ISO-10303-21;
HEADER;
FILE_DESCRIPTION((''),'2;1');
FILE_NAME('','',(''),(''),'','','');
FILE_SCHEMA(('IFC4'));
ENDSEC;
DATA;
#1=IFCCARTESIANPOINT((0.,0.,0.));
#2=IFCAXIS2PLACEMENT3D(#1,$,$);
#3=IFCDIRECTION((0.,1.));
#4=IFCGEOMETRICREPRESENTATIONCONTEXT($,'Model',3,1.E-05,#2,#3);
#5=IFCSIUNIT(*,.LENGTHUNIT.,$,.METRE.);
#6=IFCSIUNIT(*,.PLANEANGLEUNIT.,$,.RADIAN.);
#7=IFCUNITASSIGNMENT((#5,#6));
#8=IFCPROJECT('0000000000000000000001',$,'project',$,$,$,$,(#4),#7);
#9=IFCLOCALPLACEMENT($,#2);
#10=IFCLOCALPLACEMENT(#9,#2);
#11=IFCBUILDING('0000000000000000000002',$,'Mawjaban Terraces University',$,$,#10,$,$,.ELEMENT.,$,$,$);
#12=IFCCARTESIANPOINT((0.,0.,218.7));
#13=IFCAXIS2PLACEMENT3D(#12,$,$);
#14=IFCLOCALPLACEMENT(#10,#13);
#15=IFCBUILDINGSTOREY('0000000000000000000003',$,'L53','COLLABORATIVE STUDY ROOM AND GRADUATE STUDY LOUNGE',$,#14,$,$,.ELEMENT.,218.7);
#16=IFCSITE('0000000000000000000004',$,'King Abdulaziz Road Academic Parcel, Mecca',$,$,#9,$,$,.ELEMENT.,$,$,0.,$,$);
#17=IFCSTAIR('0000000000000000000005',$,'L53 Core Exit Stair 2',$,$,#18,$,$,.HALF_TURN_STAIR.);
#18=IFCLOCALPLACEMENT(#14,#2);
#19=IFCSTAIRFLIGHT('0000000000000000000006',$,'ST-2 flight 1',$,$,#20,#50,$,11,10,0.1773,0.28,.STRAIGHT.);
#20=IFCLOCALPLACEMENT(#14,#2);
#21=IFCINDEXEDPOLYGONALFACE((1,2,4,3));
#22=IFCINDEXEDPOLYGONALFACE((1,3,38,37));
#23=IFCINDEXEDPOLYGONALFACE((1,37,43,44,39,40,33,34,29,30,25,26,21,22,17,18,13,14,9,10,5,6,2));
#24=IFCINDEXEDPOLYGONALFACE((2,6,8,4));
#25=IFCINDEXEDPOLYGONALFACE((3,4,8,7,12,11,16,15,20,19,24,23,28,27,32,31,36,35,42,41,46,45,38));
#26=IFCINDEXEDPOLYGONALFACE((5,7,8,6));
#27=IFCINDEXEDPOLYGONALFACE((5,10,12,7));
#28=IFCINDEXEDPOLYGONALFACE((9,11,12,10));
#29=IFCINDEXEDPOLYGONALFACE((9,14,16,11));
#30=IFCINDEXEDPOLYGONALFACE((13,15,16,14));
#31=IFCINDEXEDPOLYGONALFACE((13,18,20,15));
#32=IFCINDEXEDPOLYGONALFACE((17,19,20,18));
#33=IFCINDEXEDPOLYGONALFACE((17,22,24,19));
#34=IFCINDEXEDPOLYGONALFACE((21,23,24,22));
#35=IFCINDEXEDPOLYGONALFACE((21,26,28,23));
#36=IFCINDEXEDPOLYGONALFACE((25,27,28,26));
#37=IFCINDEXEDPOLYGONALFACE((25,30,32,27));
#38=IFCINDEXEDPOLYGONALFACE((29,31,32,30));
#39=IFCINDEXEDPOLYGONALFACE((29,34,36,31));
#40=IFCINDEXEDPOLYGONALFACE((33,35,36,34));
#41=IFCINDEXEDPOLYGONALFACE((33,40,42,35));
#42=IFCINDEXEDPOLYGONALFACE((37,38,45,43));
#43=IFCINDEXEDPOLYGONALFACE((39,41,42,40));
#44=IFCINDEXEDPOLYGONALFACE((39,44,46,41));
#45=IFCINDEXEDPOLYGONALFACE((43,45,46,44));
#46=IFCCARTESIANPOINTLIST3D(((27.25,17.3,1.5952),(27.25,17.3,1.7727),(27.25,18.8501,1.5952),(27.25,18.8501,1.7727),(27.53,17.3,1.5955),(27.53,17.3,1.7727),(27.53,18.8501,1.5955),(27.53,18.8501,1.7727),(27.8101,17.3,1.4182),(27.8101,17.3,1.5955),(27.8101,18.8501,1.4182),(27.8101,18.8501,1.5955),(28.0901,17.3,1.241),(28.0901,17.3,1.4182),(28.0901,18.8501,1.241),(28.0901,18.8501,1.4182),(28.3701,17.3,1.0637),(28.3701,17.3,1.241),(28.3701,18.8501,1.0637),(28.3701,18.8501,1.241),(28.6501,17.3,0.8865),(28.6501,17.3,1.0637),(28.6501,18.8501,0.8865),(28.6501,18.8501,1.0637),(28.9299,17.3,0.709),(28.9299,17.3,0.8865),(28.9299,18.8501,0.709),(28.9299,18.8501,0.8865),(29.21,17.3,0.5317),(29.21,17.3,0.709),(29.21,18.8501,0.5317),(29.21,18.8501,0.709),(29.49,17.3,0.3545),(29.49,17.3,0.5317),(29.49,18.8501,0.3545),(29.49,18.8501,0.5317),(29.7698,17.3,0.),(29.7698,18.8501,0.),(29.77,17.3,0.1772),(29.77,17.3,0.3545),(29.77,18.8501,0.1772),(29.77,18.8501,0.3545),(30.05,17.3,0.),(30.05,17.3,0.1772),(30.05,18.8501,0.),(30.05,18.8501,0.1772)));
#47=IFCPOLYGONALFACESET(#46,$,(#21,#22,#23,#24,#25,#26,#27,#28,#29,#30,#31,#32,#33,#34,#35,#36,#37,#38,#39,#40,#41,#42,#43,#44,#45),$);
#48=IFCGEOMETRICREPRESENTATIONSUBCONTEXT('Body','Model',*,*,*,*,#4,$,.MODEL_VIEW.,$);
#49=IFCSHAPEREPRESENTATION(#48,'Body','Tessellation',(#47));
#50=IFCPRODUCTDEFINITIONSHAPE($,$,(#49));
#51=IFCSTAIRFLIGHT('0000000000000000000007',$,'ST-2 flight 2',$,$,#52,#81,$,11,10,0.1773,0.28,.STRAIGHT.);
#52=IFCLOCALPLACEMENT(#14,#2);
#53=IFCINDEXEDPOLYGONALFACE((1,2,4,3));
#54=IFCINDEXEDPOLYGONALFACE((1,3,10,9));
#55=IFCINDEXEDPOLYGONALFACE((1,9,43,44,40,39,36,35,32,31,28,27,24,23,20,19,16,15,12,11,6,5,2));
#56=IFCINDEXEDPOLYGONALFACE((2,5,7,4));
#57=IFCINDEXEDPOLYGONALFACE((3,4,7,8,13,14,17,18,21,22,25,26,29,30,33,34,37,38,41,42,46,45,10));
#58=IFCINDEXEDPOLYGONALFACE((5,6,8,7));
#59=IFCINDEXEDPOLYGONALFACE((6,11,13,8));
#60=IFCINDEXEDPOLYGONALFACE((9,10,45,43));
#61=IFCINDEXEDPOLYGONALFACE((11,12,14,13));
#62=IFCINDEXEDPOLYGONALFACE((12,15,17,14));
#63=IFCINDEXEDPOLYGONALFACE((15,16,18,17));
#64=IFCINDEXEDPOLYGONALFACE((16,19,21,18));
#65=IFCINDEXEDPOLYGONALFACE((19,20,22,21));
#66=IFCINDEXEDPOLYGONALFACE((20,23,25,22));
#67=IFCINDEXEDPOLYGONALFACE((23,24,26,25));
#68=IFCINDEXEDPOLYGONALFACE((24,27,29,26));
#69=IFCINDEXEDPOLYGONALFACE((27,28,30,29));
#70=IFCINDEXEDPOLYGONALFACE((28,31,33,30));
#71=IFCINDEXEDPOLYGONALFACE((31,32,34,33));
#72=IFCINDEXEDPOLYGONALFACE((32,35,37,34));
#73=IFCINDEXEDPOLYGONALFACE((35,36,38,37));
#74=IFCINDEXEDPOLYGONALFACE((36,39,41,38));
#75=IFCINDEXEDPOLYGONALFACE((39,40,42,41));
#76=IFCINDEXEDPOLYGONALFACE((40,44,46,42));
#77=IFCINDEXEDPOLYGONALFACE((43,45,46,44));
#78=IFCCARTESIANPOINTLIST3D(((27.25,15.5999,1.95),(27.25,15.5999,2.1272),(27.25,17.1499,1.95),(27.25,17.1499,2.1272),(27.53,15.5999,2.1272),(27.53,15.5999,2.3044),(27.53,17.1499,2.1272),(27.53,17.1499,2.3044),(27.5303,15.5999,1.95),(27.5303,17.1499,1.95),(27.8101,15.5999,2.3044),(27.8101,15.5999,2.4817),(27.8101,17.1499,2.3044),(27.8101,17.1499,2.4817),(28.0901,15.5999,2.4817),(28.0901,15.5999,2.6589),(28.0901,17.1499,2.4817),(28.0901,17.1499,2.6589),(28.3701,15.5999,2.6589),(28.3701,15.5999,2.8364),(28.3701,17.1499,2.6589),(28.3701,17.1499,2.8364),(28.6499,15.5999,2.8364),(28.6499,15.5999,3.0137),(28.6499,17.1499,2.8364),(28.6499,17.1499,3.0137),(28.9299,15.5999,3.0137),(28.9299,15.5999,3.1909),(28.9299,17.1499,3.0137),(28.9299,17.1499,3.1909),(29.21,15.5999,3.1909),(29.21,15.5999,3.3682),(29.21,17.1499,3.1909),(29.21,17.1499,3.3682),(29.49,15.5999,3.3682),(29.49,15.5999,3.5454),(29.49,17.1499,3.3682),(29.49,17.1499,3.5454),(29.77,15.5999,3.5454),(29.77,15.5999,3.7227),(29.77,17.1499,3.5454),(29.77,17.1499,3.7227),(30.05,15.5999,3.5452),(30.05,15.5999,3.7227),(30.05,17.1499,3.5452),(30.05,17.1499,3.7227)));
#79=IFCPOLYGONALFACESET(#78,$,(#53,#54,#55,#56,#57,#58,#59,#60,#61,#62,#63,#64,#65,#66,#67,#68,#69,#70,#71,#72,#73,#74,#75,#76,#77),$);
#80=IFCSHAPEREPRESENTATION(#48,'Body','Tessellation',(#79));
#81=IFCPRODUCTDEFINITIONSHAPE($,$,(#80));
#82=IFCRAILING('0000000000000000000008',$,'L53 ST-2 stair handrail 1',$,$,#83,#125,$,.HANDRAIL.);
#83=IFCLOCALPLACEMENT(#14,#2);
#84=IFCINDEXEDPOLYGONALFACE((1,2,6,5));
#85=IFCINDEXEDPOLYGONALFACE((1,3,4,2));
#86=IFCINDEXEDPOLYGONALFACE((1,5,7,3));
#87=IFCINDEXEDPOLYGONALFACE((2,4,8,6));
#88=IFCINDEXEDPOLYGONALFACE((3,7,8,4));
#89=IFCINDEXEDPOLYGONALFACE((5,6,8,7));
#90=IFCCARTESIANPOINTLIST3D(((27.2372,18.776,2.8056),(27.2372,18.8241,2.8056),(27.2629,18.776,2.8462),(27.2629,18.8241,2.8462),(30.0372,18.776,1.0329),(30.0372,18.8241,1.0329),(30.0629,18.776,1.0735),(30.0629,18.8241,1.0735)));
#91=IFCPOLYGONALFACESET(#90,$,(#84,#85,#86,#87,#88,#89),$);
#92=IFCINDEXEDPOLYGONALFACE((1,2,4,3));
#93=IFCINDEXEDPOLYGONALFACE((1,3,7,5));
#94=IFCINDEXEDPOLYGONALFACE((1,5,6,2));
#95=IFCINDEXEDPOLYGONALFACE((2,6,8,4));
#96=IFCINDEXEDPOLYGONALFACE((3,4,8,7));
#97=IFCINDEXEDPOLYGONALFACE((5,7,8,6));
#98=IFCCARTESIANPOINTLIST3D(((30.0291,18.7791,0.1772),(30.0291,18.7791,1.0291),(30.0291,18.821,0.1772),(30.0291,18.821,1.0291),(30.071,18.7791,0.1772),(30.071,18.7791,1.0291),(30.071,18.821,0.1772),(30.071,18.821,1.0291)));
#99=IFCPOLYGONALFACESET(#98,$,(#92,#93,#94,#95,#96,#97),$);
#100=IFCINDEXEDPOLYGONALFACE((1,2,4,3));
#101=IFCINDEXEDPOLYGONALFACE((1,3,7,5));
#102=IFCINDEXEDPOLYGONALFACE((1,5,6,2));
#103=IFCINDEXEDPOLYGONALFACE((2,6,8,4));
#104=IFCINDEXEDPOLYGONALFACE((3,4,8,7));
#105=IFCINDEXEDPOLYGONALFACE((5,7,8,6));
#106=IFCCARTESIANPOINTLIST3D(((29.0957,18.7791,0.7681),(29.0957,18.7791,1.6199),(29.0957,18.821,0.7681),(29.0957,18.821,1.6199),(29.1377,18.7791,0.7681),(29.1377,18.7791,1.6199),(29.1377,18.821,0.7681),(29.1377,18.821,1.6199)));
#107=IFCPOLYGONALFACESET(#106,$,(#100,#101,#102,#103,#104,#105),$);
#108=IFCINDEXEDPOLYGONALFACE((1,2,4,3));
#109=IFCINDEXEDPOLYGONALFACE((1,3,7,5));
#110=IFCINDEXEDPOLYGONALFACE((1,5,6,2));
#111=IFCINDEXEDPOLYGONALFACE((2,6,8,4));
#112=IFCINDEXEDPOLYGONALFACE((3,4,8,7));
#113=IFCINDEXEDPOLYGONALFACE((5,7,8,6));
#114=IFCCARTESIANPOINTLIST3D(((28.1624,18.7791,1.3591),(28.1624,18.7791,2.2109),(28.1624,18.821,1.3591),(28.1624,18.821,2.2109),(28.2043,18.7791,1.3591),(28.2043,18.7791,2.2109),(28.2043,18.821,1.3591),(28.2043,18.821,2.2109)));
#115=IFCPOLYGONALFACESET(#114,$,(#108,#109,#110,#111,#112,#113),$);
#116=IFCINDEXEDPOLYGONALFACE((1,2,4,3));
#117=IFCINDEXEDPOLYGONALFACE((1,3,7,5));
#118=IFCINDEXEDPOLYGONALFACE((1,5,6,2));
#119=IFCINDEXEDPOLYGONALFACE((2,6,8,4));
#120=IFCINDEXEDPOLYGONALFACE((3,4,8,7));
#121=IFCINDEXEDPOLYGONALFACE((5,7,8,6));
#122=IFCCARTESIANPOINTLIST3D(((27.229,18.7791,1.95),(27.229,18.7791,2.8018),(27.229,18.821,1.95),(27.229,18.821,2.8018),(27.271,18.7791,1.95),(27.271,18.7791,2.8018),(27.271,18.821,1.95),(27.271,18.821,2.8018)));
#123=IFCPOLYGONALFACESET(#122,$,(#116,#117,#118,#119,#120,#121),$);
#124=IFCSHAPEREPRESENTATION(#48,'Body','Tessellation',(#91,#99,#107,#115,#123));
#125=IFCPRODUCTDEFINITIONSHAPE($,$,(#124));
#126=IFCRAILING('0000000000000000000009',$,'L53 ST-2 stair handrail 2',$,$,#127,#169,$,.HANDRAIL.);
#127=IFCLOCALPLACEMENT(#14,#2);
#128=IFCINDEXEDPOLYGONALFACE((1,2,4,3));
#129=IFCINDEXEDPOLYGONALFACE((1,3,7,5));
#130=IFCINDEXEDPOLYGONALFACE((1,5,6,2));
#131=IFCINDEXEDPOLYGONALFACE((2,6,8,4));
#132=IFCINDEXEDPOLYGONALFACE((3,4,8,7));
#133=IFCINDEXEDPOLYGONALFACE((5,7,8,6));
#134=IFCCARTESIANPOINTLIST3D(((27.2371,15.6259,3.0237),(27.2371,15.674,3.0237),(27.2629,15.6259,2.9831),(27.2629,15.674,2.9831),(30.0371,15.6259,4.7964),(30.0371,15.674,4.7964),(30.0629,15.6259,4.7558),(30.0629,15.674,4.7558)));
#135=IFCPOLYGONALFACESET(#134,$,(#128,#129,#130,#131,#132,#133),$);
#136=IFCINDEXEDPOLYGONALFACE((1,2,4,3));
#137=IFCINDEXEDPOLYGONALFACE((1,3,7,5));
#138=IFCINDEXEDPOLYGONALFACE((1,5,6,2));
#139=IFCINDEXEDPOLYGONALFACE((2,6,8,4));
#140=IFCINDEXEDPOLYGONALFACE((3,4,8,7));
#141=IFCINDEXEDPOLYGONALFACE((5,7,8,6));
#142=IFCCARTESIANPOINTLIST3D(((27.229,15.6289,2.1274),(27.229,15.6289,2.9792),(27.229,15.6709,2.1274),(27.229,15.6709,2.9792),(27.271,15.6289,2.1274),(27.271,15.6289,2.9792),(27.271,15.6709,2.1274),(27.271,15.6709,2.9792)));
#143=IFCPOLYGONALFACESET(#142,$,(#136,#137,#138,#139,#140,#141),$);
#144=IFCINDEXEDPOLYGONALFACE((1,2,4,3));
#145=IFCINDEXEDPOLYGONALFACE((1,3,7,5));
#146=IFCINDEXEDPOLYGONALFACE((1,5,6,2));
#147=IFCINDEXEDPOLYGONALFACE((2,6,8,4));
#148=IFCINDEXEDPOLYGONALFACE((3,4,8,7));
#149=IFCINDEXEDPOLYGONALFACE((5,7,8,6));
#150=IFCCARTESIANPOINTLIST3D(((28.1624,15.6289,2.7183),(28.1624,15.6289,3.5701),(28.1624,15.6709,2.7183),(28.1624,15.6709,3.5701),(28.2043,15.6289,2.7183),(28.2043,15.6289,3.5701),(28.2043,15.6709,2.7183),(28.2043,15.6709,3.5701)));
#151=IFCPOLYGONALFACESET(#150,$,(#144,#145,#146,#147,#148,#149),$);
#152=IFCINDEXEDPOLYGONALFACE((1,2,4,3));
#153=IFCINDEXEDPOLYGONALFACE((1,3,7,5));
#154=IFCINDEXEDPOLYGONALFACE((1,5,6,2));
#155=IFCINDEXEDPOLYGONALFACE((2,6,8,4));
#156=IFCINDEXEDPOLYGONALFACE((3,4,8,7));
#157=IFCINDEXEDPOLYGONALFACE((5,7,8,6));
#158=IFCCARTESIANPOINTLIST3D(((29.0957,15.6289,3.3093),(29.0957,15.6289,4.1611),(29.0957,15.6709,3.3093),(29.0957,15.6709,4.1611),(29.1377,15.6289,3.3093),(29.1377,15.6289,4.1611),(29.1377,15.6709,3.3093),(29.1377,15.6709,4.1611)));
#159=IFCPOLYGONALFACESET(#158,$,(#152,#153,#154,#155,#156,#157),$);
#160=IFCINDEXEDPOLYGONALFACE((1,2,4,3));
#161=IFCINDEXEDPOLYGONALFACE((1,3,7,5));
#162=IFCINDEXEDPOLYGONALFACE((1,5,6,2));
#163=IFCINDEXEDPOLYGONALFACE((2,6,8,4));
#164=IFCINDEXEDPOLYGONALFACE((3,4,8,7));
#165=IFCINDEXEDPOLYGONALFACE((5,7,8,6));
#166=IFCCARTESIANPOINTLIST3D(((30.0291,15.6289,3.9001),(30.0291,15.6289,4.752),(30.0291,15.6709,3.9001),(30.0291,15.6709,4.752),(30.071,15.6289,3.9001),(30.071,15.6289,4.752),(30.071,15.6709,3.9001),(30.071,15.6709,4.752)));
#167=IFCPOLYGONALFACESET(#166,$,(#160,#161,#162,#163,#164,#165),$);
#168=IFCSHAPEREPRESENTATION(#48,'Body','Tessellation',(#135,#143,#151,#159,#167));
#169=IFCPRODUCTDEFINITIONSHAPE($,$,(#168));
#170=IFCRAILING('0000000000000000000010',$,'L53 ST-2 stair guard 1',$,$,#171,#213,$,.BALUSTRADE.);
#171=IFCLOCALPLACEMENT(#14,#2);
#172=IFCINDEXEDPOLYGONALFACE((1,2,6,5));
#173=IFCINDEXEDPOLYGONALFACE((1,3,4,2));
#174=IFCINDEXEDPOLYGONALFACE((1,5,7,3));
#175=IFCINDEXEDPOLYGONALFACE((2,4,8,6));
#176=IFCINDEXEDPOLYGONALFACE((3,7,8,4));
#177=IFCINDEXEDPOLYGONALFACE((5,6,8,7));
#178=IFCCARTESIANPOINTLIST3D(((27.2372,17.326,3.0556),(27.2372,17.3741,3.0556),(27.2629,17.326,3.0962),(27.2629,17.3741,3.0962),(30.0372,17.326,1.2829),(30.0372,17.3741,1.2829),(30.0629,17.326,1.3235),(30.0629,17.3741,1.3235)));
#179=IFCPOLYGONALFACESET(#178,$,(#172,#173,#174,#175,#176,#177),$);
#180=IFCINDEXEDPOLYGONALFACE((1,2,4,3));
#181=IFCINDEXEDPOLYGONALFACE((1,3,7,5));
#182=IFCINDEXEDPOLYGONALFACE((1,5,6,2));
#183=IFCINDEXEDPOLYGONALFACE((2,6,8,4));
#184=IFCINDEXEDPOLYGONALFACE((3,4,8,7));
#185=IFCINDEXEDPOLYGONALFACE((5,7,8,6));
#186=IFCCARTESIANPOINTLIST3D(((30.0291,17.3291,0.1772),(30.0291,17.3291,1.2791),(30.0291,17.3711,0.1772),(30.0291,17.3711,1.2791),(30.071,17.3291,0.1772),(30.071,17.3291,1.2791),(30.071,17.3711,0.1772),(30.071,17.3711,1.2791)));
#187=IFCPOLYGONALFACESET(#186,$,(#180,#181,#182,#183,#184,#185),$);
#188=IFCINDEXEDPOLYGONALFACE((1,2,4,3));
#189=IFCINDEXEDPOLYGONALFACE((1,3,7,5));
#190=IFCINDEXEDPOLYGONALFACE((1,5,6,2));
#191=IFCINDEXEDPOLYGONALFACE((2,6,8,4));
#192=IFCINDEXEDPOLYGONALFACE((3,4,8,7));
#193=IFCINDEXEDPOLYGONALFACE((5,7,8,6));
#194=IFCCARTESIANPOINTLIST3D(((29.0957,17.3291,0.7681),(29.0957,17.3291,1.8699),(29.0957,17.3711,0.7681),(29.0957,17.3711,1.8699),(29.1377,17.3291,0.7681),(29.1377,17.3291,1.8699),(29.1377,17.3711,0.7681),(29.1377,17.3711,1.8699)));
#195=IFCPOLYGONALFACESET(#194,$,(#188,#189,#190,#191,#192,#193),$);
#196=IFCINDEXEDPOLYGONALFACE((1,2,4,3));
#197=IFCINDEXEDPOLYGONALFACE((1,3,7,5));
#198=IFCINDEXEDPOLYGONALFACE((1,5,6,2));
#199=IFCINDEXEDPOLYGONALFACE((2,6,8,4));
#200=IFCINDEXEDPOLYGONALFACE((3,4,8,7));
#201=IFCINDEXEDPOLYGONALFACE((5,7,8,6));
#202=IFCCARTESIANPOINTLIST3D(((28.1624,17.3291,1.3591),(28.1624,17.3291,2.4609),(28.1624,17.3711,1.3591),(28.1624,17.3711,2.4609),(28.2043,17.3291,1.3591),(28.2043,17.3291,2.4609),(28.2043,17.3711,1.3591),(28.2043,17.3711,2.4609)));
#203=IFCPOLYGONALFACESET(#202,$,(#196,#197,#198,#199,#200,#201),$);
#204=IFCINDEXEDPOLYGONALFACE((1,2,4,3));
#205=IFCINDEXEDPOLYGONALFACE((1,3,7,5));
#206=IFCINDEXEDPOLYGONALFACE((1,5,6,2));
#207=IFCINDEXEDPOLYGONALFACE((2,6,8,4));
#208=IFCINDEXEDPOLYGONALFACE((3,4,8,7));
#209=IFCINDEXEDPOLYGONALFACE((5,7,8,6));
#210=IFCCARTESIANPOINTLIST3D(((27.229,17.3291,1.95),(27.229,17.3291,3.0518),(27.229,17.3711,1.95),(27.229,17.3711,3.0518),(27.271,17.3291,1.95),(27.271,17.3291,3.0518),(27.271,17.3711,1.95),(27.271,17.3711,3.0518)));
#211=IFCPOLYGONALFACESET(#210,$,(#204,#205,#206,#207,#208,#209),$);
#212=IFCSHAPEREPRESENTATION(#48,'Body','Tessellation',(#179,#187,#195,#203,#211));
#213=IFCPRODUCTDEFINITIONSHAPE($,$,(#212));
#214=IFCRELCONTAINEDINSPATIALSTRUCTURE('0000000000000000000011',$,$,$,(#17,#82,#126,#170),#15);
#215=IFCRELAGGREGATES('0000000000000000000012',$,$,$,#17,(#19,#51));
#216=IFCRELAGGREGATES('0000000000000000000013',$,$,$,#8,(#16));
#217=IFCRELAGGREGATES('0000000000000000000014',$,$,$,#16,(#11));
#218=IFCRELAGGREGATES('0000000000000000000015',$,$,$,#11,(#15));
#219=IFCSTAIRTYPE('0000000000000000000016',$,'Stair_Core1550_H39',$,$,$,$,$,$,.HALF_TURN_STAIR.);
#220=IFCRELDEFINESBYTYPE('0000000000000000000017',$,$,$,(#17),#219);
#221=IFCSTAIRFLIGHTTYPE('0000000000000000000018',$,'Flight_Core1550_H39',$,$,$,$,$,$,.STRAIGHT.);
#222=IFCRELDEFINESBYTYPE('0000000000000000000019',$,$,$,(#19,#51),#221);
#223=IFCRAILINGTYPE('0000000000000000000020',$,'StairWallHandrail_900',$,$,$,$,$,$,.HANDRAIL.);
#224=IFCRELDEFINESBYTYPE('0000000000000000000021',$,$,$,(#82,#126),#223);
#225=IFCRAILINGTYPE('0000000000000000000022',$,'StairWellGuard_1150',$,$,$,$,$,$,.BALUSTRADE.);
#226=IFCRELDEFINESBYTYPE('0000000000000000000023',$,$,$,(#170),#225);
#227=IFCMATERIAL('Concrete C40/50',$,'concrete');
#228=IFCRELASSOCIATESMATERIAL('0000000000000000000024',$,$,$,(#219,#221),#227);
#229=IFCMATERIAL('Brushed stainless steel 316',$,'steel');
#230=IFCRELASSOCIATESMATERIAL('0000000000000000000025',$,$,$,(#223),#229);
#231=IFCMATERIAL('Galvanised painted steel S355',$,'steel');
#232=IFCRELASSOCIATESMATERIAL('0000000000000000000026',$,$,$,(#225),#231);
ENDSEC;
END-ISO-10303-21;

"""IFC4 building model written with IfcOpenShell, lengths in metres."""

from ifc_helpers import new_model, si_unit, direction, frame, origin, origin_2d, place, context, subcontext, project, spatial, polyline, rectangle, outline, extrude, material, type_object, element, aggregate, save


model = new_model("IFC4")

# Units and contexts
model_context = context("Model", 3, precision=1e-05, world=origin(), true_north=direction((0.0, 1.0)))
body_context = subcontext(model_context, "Body", "Model", "MODEL_VIEW")
ifc_project = project(units=[si_unit("LENGTHUNIT", "METRE"), si_unit("PLANEANGLEUNIT", "RADIAN")], contexts=[model_context])

# Site, building, storey
site_placement = place(None, origin())
site = spatial("IfcSite", under=ifc_project, at=site_placement, Name="King Abdulaziz Road Academic Parcel, Mecca", CompositionType="ELEMENT", RefElevation=0.0)
building_placement = place(site_placement, origin())
building = spatial("IfcBuilding", under=site, at=building_placement, Name="Mawjaban Terraces University", CompositionType="ELEMENT")
storey_placement = place(building_placement, frame((0.0, 0.0, 218.7)))
storey = spatial("IfcBuildingStorey", under=building, at=storey_placement, Name="L53", Description="COLLABORATIVE STUDY ROOM AND GRADUATE STUDY LOUNGE", CompositionType="ELEMENT", Elevation=218.7)

# Shared definitions
ifc_material_1 = material(Name="Concrete C40/50", Category="concrete")

# Stair, stair flights
stair_type = type_object("IfcStairType", Name="Stair_Core1550_H39", PredefinedType="HALF_TURN_STAIR", material=ifc_material_1)
stair_placement = place(storey_placement, origin())
stair = element("IfcStair", 1, at=stair_placement, inside=storey, type_object=stair_type, Name="L53 Core Exit Stair 2", PredefinedType="HALF_TURN_STAIR")
stair_flight_type = type_object("IfcStairFlightType", Name="Flight_Core1550_H39", PredefinedType="STRAIGHT", material=ifc_material_1)
stair_flight_1_placement = place(storey_placement, frame((30.05, 18.075, 0.0), z_axis=(0.0, 0.0, 1.0), x_axis=(-1.0, 0.0, 0.0)))
stair_flight_1 = element("IfcStairFlight", 2, at=stair_flight_1_placement, type_object=stair_flight_type, Name="ST-2 flight 1", NumberOfRisers=11, NumberOfTreads=10, PredefinedType="STRAIGHT", RiserHeight=0.1773, TreadLength=0.28, context=body_context, shape_type="SweptSolid", body=[
    extrude(outline(polyline([(0.0, 0.0), (0.0, 0.1772), (0.28, 0.1772), (0.28, 0.3545), (0.5601, 0.3545), (0.5601, 0.5317), (0.8401, 0.5317), (0.8401, 0.709), (1.1201, 0.709), (1.1201, 0.8865), (1.3999, 0.8865), (1.3999, 1.0637), (1.6799, 1.0637), (1.6799, 1.241), (1.96, 1.241), (1.96, 1.4182), (2.24, 1.4182), (2.24, 1.5955), (2.52, 1.5955), (2.52, 1.7727), (2.8, 1.7727), (2.8, 1.95), (2.8, 1.5952), (0.2803, 0.0), (0.0, 0.0)])), frame((0.0, 0.7749, 0.0), z_axis=(0.0, -1.0, 0.0), x_axis=(1.0, 0.0, 0.0)), (0.0, 0.0, 1.0), 1.55),
])
stair_flight_2_placement = place(storey_placement, frame((27.25, 16.375, 1.95), z_axis=(0.0, 0.0, 1.0), x_axis=(1.0, 0.0, 0.0)))
stair_flight_2 = element("IfcStairFlight", 3, at=stair_flight_2_placement, type_object=stair_flight_type, Name="ST-2 flight 2", NumberOfRisers=11, NumberOfTreads=10, PredefinedType="STRAIGHT", RiserHeight=0.1773, TreadLength=0.28, context=body_context, shape_type="SweptSolid", body=[
    extrude(outline(polyline([(0.0, 0.0), (0.0, 0.1772), (0.28, 0.1772), (0.28, 0.3545), (0.5601, 0.3545), (0.5601, 0.5317), (0.8401, 0.5317), (0.8401, 0.709), (1.1201, 0.709), (1.1201, 0.8865), (1.3999, 0.8865), (1.3999, 1.0637), (1.6799, 1.0637), (1.6799, 1.241), (1.96, 1.241), (1.96, 1.4182), (2.24, 1.4182), (2.24, 1.5955), (2.52, 1.5955), (2.52, 1.7727), (2.8, 1.7727), (2.8, 1.95), (2.8, 1.5952), (0.2803, 0.0), (0.0, 0.0)])), frame((0.0, 0.7749, 0.0), z_axis=(0.0, -1.0, 0.0), x_axis=(1.0, 0.0, 0.0)), (0.0, 0.0, 1.0), 1.55),
])
aggregate(stair, [stair_flight_1, stair_flight_2])

# Railings
ifc_material_2 = material(Name="Brushed stainless steel 316", Category="steel")
railing_type_1 = type_object("IfcRailingType", Name="StairWallHandrail_900", PredefinedType="HANDRAIL", material=ifc_material_2)
railing_1_placement = place(storey_placement, frame((30.05, 18.8, 0.1772)))
element("IfcRailing", 4, at=railing_1_placement, inside=storey, type_object=railing_type_1, Name="L53 ST-2 stair handrail 1", PredefinedType="HANDRAIL", context=body_context, shape_type="SweptSolid", body=[
    extrude(rectangle(XDim=0.0481, YDim=0.0481, at=origin_2d()), frame((0.0, 0.0, 0.876), z_axis=(-0.844909, 0.0, 0.53491), x_axis=(0.0, -1.0, 0.0)), (0.0, 0.0, 1.0), 3.314),
    extrude(rectangle(XDim=0.042, YDim=0.042, at=origin_2d()), origin(), (0.0, 0.0, 1.0), 0.8518),
    extrude(rectangle(XDim=0.042, YDim=0.042, at=origin_2d()), frame((-0.9333, 0.0, 0.5908)), (0.0, 0.0, 1.0), 0.8518),
    extrude(rectangle(XDim=0.042, YDim=0.042, at=origin_2d()), frame((-1.8667, 0.0, 1.1819)), (0.0, 0.0, 1.0), 0.8518),
    extrude(rectangle(XDim=0.042, YDim=0.042, at=origin_2d()), frame((-2.8, 0.0, 1.7727)), (0.0, 0.0, 1.0), 0.8518),
])
railing_2_placement = place(storey_placement, frame((27.25, 15.6499, 2.1274)))
element("IfcRailing", 5, at=railing_2_placement, inside=storey, type_object=railing_type_1, Name="L53 ST-2 stair handrail 2", PredefinedType="HANDRAIL", context=body_context, shape_type="SweptSolid", body=[
    extrude(rectangle(XDim=0.0481, YDim=0.0481, at=origin_2d()), frame((0.0, 0.0, 0.876), z_axis=(0.844909, 0.0, 0.53491), x_axis=(0.0, 1.0, 0.0)), (0.0, 0.0, 1.0), 3.314),
    extrude(rectangle(XDim=0.042, YDim=0.042, at=origin_2d()), origin(), (0.0, 0.0, 1.0), 0.8518),
    extrude(rectangle(XDim=0.042, YDim=0.042, at=origin_2d()), frame((0.9333, 0.0, 0.5908)), (0.0, 0.0, 1.0), 0.8518),
    extrude(rectangle(XDim=0.042, YDim=0.042, at=origin_2d()), frame((1.8667, 0.0, 1.1819)), (0.0, 0.0, 1.0), 0.8518),
    extrude(rectangle(XDim=0.042, YDim=0.042, at=origin_2d()), frame((2.8, 0.0, 1.7727)), (0.0, 0.0, 1.0), 0.8518),
])
ifc_material_3 = material(Name="Galvanised painted steel S355", Category="steel")
railing_type_2 = type_object("IfcRailingType", Name="StairWellGuard_1150", PredefinedType="BALUSTRADE", material=ifc_material_3)
railing_3_placement = place(storey_placement, frame((30.05, 17.3501, 0.1772)))
element("IfcRailing", 6, at=railing_3_placement, inside=storey, type_object=railing_type_2, Name="L53 ST-2 stair guard 1", PredefinedType="BALUSTRADE", context=body_context, shape_type="SweptSolid", body=[
    extrude(rectangle(XDim=0.0481, YDim=0.0481, at=origin_2d()), frame((0.0, 0.0, 1.126), z_axis=(-0.844909, 0.0, 0.53491), x_axis=(0.0, -1.0, 0.0)), (0.0, 0.0, 1.0), 3.314),
    extrude(rectangle(XDim=0.042, YDim=0.042, at=origin_2d()), origin(), (0.0, 0.0, 1.0), 1.1018),
    extrude(rectangle(XDim=0.042, YDim=0.042, at=origin_2d()), frame((-0.9333, 0.0, 0.5908)), (0.0, 0.0, 1.0), 1.1018),
    extrude(rectangle(XDim=0.042, YDim=0.042, at=origin_2d()), frame((-1.8667, 0.0, 1.1819)), (0.0, 0.0, 1.0), 1.1018),
    extrude(rectangle(XDim=0.042, YDim=0.042, at=origin_2d()), frame((-2.8, 0.0, 1.7727)), (0.0, 0.0, 1.0), 1.1018),
])

save(model, "model.ifc")
